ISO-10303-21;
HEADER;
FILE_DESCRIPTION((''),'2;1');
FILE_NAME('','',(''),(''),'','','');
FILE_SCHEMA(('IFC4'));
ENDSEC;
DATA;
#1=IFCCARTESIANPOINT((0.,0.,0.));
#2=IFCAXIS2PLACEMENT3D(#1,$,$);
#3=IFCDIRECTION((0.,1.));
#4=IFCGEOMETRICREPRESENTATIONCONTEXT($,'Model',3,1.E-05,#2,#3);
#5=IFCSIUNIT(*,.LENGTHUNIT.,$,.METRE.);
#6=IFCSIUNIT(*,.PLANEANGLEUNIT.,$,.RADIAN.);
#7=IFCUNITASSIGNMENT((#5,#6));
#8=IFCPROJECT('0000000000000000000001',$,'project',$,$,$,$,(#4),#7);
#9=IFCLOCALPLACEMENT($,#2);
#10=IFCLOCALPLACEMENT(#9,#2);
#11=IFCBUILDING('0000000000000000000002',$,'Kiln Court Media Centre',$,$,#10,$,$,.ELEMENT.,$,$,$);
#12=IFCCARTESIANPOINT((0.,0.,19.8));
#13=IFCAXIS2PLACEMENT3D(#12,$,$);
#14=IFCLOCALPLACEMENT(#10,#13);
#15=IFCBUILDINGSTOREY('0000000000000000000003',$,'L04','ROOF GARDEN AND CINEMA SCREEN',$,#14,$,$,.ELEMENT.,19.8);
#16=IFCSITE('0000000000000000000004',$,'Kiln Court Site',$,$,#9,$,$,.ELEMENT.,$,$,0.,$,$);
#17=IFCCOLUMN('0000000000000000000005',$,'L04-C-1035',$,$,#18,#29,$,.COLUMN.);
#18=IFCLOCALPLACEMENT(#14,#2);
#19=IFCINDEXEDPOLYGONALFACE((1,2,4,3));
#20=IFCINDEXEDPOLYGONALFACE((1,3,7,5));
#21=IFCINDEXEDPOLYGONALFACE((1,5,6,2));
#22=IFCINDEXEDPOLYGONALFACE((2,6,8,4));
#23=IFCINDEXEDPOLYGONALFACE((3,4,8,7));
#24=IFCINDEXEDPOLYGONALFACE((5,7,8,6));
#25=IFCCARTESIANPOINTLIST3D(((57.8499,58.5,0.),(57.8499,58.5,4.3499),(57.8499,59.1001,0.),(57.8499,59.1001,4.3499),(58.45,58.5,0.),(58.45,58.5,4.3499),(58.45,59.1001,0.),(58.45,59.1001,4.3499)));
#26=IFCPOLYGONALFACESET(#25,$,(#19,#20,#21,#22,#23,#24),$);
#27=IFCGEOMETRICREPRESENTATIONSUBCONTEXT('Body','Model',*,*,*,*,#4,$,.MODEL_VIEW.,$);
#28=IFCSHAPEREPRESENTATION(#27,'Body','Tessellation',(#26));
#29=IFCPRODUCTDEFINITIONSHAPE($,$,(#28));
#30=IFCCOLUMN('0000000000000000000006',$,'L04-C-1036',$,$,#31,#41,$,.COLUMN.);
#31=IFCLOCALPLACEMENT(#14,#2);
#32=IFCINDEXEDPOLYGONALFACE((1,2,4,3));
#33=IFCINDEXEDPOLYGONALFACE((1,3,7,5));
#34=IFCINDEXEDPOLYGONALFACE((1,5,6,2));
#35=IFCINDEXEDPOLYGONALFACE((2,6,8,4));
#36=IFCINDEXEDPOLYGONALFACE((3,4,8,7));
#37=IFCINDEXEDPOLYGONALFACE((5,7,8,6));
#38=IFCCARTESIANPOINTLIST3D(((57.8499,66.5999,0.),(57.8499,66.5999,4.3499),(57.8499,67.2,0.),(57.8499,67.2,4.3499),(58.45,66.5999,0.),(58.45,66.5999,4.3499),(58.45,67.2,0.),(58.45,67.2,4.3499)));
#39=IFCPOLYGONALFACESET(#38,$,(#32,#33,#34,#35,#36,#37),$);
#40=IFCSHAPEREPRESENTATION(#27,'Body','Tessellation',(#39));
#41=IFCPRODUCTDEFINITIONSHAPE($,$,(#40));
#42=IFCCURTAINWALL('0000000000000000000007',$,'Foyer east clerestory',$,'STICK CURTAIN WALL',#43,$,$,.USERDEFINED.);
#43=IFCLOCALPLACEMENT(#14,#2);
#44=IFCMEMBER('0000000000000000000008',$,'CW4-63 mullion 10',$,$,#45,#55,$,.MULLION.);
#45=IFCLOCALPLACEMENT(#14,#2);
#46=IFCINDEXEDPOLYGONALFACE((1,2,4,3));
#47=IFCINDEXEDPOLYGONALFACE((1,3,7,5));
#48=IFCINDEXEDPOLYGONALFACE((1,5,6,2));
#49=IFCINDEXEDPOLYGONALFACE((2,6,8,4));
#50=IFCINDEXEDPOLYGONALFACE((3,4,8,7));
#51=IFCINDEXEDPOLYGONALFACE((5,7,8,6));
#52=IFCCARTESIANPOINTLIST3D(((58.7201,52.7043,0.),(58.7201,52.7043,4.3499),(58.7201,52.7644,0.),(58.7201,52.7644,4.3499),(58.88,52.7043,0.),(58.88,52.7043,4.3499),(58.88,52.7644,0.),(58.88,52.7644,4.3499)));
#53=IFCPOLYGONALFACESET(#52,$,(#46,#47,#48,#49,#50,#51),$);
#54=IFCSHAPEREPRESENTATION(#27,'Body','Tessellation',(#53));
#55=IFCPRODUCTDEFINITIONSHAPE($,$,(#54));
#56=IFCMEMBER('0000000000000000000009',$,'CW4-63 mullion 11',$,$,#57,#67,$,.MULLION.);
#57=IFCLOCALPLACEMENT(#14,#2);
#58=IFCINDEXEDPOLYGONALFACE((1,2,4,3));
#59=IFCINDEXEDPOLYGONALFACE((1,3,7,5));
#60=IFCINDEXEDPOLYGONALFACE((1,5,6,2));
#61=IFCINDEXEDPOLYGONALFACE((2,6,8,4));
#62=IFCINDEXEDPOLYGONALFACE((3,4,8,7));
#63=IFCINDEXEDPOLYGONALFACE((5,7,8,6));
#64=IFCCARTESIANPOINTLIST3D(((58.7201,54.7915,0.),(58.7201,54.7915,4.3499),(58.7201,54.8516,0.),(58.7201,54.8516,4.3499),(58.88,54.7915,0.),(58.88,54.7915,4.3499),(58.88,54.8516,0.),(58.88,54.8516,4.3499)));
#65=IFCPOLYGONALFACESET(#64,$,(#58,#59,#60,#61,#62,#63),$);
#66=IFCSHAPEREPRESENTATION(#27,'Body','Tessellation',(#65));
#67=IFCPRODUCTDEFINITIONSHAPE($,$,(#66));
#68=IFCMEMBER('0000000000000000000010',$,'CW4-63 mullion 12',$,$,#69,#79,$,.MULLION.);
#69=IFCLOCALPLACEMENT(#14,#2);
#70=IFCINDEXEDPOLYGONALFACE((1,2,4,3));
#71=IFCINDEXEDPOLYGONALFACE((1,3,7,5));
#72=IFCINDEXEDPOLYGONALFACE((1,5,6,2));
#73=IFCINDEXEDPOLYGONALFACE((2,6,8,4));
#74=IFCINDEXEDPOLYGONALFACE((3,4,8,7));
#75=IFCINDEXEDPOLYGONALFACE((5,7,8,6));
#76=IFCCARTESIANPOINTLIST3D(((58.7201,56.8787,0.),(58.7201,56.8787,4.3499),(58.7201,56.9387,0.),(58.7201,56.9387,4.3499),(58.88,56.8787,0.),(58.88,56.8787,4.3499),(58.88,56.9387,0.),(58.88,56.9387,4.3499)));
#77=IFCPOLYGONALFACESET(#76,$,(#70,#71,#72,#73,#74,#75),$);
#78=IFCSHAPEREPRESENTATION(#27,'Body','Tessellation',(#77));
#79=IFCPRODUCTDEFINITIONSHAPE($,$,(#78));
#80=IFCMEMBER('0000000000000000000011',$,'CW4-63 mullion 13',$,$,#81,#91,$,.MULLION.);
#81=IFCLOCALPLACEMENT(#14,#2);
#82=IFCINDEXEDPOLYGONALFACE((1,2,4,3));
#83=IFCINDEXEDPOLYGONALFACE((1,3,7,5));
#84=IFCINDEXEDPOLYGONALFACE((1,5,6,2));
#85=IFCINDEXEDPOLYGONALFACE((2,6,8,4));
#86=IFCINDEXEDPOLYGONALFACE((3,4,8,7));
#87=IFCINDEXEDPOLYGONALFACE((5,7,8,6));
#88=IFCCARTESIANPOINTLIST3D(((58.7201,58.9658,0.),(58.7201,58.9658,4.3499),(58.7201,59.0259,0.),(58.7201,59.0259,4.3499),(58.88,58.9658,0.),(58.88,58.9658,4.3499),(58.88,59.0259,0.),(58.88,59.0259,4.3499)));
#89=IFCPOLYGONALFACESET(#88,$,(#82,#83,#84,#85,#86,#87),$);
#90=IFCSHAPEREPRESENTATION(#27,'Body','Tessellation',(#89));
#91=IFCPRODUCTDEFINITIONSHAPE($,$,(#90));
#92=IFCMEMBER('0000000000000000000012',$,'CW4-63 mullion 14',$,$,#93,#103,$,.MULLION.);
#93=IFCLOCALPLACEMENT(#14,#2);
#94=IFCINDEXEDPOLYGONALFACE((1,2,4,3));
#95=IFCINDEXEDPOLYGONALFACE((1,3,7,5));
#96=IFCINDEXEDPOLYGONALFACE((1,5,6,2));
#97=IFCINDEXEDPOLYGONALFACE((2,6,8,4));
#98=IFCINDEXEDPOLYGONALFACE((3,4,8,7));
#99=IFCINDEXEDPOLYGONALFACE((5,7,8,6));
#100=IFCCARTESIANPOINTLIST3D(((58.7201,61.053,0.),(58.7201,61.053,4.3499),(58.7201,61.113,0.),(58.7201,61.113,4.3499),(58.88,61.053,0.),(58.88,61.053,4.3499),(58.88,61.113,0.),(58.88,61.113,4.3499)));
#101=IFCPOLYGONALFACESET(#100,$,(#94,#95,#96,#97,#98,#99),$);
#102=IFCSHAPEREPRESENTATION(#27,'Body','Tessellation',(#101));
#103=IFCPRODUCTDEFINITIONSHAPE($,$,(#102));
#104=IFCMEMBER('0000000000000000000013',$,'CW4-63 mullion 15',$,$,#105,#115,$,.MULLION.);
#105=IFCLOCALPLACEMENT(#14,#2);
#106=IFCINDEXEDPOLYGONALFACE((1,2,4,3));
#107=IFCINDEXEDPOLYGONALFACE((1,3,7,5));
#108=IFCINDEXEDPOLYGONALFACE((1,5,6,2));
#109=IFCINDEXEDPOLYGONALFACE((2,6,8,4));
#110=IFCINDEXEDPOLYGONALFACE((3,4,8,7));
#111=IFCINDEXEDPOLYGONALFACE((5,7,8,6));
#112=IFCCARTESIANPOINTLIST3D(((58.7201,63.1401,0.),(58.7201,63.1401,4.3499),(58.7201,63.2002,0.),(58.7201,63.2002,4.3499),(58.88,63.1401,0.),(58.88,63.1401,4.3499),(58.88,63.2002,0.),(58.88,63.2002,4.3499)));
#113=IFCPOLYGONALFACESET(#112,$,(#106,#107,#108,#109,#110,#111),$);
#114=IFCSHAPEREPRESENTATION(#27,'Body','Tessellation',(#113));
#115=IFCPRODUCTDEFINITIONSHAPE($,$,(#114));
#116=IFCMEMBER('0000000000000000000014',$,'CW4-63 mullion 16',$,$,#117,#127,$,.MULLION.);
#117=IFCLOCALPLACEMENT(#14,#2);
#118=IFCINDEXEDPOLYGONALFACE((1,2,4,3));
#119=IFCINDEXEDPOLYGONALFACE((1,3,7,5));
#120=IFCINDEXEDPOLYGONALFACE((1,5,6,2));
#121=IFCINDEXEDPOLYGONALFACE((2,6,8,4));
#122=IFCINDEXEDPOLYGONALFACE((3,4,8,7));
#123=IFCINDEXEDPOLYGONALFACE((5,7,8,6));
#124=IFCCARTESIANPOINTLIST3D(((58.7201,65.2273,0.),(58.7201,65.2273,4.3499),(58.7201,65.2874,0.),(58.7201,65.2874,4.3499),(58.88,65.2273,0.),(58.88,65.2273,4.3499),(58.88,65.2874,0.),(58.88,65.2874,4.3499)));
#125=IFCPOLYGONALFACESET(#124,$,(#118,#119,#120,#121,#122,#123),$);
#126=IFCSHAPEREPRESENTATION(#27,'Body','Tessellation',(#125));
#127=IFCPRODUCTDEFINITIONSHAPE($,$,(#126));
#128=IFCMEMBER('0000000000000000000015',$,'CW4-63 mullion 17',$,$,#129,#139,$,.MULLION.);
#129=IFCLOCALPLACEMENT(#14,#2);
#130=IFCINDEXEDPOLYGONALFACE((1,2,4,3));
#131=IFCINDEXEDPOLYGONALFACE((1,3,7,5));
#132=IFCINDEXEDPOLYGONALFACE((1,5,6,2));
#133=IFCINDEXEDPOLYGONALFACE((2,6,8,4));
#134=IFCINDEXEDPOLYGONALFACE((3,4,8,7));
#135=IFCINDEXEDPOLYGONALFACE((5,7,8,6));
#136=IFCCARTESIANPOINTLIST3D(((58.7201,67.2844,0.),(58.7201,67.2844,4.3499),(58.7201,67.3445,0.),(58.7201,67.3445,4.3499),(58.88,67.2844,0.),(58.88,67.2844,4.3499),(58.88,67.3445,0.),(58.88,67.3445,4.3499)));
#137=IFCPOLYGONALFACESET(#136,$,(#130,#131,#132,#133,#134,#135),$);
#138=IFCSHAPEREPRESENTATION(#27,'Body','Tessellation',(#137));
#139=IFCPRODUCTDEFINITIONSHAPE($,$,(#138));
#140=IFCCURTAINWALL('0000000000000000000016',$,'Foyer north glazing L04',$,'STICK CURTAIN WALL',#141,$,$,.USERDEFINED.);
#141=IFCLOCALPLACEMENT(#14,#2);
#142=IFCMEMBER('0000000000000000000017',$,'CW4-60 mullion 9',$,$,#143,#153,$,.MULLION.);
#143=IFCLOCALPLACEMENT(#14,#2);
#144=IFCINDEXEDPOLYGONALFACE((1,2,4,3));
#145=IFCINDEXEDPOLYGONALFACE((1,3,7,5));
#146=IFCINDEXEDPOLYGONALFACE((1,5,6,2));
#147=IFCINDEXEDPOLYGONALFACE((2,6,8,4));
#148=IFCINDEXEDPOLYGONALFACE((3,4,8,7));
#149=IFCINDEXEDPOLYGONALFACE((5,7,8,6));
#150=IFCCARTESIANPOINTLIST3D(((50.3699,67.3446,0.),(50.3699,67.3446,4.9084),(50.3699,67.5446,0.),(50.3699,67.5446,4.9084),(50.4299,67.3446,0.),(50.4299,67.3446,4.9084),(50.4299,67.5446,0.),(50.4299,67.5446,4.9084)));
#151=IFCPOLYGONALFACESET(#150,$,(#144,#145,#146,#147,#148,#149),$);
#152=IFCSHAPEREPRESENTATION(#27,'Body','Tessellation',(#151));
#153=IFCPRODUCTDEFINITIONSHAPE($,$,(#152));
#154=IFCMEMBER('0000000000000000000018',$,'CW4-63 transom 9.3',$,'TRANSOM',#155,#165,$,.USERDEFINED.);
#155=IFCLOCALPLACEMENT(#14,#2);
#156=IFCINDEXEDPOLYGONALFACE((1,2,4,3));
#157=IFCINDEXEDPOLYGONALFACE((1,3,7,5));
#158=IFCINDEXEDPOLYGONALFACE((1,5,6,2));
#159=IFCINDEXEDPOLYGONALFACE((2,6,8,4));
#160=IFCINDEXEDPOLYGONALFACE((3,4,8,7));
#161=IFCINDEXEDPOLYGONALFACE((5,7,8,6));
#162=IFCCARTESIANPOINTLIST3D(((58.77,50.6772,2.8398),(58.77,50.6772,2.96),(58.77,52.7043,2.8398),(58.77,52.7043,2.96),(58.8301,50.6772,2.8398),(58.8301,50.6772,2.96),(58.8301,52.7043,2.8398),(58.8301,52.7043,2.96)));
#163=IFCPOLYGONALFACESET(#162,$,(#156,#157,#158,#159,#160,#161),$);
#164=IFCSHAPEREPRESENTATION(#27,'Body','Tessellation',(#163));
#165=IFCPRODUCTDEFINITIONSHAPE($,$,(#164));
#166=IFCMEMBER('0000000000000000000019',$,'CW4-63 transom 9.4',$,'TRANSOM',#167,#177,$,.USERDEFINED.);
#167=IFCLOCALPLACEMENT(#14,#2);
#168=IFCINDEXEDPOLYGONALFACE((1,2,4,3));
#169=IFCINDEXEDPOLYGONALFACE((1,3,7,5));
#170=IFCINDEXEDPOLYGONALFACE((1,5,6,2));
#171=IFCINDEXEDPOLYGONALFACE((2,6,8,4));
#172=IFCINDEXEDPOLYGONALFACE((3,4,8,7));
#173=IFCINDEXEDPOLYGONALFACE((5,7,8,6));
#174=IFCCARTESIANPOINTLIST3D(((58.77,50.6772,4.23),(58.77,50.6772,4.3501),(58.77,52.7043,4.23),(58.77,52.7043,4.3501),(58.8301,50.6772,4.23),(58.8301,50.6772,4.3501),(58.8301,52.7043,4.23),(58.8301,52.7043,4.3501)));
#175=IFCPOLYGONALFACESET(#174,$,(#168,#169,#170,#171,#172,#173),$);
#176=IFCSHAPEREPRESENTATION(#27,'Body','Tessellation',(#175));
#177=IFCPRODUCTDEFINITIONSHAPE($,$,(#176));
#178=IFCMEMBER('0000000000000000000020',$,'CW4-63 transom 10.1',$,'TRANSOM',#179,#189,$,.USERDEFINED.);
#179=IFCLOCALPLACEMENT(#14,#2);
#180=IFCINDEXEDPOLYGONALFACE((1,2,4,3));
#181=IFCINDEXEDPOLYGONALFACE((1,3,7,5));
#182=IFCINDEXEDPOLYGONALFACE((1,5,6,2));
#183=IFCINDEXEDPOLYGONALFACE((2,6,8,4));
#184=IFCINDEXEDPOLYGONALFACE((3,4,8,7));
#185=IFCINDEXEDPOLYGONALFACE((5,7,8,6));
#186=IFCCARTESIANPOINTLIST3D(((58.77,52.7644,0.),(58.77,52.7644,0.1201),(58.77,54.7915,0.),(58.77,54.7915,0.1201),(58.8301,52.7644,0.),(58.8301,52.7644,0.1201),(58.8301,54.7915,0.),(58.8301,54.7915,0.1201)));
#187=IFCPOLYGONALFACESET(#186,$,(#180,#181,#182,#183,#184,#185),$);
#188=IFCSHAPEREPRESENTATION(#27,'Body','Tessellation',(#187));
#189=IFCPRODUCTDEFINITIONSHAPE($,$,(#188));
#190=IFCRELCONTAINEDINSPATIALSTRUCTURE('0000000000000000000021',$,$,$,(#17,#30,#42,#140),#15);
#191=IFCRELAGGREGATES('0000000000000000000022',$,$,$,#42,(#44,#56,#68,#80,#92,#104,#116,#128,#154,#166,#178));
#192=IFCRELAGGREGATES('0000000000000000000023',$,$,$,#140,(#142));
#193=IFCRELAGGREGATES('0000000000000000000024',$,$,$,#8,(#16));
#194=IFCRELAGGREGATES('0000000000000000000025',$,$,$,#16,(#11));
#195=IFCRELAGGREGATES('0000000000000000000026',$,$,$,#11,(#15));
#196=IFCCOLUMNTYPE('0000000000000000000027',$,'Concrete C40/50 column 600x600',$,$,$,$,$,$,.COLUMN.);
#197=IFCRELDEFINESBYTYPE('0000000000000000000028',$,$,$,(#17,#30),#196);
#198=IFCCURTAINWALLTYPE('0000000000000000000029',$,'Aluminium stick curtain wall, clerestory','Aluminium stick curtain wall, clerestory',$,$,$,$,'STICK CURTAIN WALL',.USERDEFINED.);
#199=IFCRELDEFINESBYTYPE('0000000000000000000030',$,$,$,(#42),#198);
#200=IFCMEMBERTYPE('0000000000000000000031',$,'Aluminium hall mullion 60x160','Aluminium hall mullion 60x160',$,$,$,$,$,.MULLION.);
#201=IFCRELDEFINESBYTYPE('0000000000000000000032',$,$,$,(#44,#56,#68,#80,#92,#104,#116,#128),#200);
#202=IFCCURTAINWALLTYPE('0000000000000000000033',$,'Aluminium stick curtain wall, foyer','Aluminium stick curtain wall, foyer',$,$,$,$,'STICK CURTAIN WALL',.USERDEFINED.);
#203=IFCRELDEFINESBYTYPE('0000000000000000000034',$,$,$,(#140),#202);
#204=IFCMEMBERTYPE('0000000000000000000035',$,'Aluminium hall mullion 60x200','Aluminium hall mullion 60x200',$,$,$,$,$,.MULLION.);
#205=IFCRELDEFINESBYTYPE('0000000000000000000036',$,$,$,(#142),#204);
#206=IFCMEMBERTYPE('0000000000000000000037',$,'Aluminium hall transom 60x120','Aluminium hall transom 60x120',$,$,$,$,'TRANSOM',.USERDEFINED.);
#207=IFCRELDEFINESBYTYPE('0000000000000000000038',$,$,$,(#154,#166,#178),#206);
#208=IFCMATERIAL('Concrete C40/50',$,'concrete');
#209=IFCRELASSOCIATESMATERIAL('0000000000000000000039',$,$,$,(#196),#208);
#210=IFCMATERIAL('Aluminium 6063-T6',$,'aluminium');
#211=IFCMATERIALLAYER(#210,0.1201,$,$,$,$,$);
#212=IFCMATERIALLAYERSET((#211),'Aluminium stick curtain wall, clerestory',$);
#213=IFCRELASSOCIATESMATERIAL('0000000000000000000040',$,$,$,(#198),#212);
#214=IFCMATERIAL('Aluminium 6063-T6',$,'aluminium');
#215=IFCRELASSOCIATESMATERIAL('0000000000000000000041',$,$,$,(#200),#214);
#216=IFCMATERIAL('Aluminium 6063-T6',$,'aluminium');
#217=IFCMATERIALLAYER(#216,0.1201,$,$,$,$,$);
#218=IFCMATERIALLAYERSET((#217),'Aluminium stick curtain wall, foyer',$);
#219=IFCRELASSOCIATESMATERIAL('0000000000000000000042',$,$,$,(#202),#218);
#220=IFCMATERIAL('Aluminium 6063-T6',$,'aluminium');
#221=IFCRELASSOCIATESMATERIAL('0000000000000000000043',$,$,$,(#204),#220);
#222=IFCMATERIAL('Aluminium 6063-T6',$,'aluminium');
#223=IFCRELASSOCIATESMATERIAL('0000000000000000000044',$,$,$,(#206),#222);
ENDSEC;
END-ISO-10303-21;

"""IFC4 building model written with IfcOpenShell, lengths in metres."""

from ifc_helpers import new_model, si_unit, direction, frame, origin, origin_2d, place, context, subcontext, project, spatial, rectangle, extrude, material, layer, layer_set, material_profile, profile_set, type_object, element, aggregate, save


model = new_model("IFC4")

# Units and contexts
model_context = context("Model", 3, precision=1e-05, world=origin(), true_north=direction((0.0, 1.0)))
body_context = subcontext(model_context, "Body", "Model", "MODEL_VIEW")
ifc_project = project(units=[si_unit("LENGTHUNIT", "METRE"), si_unit("PLANEANGLEUNIT", "RADIAN")], contexts=[model_context])

# Site, building, storey
site_placement = place(None, origin())
site = spatial("IfcSite", under=ifc_project, at=site_placement, Name="Kiln Court Site", CompositionType="ELEMENT", RefElevation=0.0)
building_placement = place(site_placement, origin())
building = spatial("IfcBuilding", under=site, at=building_placement, Name="Kiln Court Media Centre", CompositionType="ELEMENT")
storey_placement = place(building_placement, frame((0.0, 0.0, 19.8)))
storey = spatial("IfcBuildingStorey", under=building, at=storey_placement, Name="L04", Description="ROOF GARDEN AND CINEMA SCREEN", CompositionType="ELEMENT", Elevation=19.8)

# Columns
ifc_material_1 = material(Name="Concrete C40/50", Category="concrete")
ifc_material_profile_1 = material_profile(ifc_material_1, rectangle(XDim=0.6001, YDim=0.6001, at=origin_2d()), Name="RC 600x600")
ifc_profile_set_1 = profile_set([ifc_material_profile_1], Name="Concrete C40/50")
column_type = type_object("IfcColumnType", Name="Concrete C40/50 column 600x600", PredefinedType="COLUMN", material=ifc_profile_set_1)
for number, where, z_axis, x_axis, name in (
    (1, (58.1499, 58.8, 0.0), (0.0, 0.0, 1.0), (1.0, 0.0, 0.0), "L04-C-1035"),
    (2, (58.1499, 66.8999, 0.0), (0.0, 0.0, 1.0), (1.0, 0.0, 0.0), "L04-C-1036"),
):
    element("IfcColumn", number, at=place(storey_placement, frame(where, z_axis=z_axis, x_axis=x_axis)), inside=storey, type_object=column_type, Name=name, PredefinedType="COLUMN", context=body_context, shape_type="SweptSolid", body=[
        extrude(rectangle(XDim=0.6001, YDim=0.6001, at=origin_2d()), origin(), (0.0, 0.0, 1.0), 4.3499),
    ])

# Curtain wall, members
ifc_material_2 = material(Name="Aluminium 6063-T6", Category="aluminium")
ifc_layer_1 = layer(ifc_material_2, 0.1201)
ifc_layer_set_1 = layer_set([ifc_layer_1], Name="Aluminium stick curtain wall, clerestory")
curtain_wall_type_1 = type_object("IfcCurtainWallType", Name="Aluminium stick curtain wall, clerestory", Description="Aluminium stick curtain wall, clerestory", ElementType="STICK CURTAIN WALL", PredefinedType="USERDEFINED", material=ifc_layer_set_1)
curtain_wall_1_placement = place(storey_placement, origin())
curtain_wall_1 = element("IfcCurtainWall", 3, at=curtain_wall_1_placement, inside=storey, type_object=curtain_wall_type_1, Name="Foyer east clerestory", ObjectType="STICK CURTAIN WALL", PredefinedType="USERDEFINED")
ifc_material_3 = material(Name="Aluminium 6063-T6", Category="aluminium")
ifc_material_profile_2 = material_profile(ifc_material_3, rectangle(XDim=0.0601, YDim=0.1599, at=origin_2d()), Name="Aluminium hall mullion 60x160")
ifc_profile_set_2 = profile_set([ifc_material_profile_2], Name="Aluminium 6063-T6")
member_type_1 = type_object("IfcMemberType", Name="Aluminium hall mullion 60x160", Description="Aluminium hall mullion 60x160", PredefinedType="MULLION", material=ifc_profile_set_2)
member_1_placement = place(storey_placement, frame((58.8, 52.7344, 0.0), z_axis=(0.0, 0.0, 1.0), x_axis=(0.0, 1.0, 0.0)))
member_1 = element("IfcMember", 4, at=member_1_placement, type_object=member_type_1, Name="CW4-63 mullion 10", PredefinedType="MULLION", context=body_context, shape_type="SweptSolid", body=[
    extrude(rectangle(XDim=0.0601, YDim=0.1599, at=origin_2d()), origin(), (0.0, 0.0, 1.0), 4.3499),
])
member_2_placement = place(storey_placement, frame((58.8, 54.8215, 0.0), z_axis=(0.0, 0.0, 1.0), x_axis=(0.0, 1.0, 0.0)))
member_2 = element("IfcMember", 5, at=member_2_placement, type_object=member_type_1, Name="CW4-63 mullion 11", PredefinedType="MULLION", context=body_context, shape_type="SweptSolid", body=[
    extrude(rectangle(XDim=0.0601, YDim=0.1599, at=origin_2d()), origin(), (0.0, 0.0, 1.0), 4.3499),
])
member_3_placement = place(storey_placement, frame((58.8, 56.9087, 0.0), z_axis=(0.0, 0.0, 1.0), x_axis=(0.0, 1.0, 0.0)))
member_3 = element("IfcMember", 6, at=member_3_placement, type_object=member_type_1, Name="CW4-63 mullion 12", PredefinedType="MULLION", context=body_context, shape_type="SweptSolid", body=[
    extrude(rectangle(XDim=0.0601, YDim=0.1599, at=origin_2d()), origin(), (0.0, 0.0, 1.0), 4.3499),
])
member_4_placement = place(storey_placement, frame((58.8, 58.9958, 0.0), z_axis=(0.0, 0.0, 1.0), x_axis=(0.0, 1.0, 0.0)))
member_4 = element("IfcMember", 7, at=member_4_placement, type_object=member_type_1, Name="CW4-63 mullion 13", PredefinedType="MULLION", context=body_context, shape_type="SweptSolid", body=[
    extrude(rectangle(XDim=0.0601, YDim=0.1599, at=origin_2d()), origin(), (0.0, 0.0, 1.0), 4.3499),
])
member_5_placement = place(storey_placement, frame((58.8, 61.083, 0.0), z_axis=(0.0, 0.0, 1.0), x_axis=(0.0, 1.0, 0.0)))
member_5 = element("IfcMember", 8, at=member_5_placement, type_object=member_type_1, Name="CW4-63 mullion 14", PredefinedType="MULLION", context=body_context, shape_type="SweptSolid", body=[
    extrude(rectangle(XDim=0.0601, YDim=0.1599, at=origin_2d()), origin(), (0.0, 0.0, 1.0), 4.3499),
])
member_6_placement = place(storey_placement, frame((58.8, 63.1702, 0.0), z_axis=(0.0, 0.0, 1.0), x_axis=(0.0, 1.0, 0.0)))
member_6 = element("IfcMember", 9, at=member_6_placement, type_object=member_type_1, Name="CW4-63 mullion 15", PredefinedType="MULLION", context=body_context, shape_type="SweptSolid", body=[
    extrude(rectangle(XDim=0.0601, YDim=0.1599, at=origin_2d()), origin(), (0.0, 0.0, 1.0), 4.3499),
])
member_7_placement = place(storey_placement, frame((58.8, 65.2573, 0.0), z_axis=(0.0, 0.0, 1.0), x_axis=(0.0, 1.0, 0.0)))
member_7 = element("IfcMember", 10, at=member_7_placement, type_object=member_type_1, Name="CW4-63 mullion 16", PredefinedType="MULLION", context=body_context, shape_type="SweptSolid", body=[
    extrude(rectangle(XDim=0.0601, YDim=0.1599, at=origin_2d()), origin(), (0.0, 0.0, 1.0), 4.3499),
])
member_8_placement = place(storey_placement, frame((58.8, 67.3145, 0.0), z_axis=(0.0, 0.0, 1.0), x_axis=(0.0, 1.0, 0.0)))
member_8 = element("IfcMember", 11, at=member_8_placement, type_object=member_type_1, Name="CW4-63 mullion 17", PredefinedType="MULLION", context=body_context, shape_type="SweptSolid", body=[
    extrude(rectangle(XDim=0.0601, YDim=0.1599, at=origin_2d()), origin(), (0.0, 0.0, 1.0), 4.3499),
])

# Curtain wall, member
ifc_material_4 = material(Name="Aluminium 6063-T6", Category="aluminium")
ifc_layer_2 = layer(ifc_material_4, 0.1201)
ifc_layer_set_2 = layer_set([ifc_layer_2], Name="Aluminium stick curtain wall, foyer")
curtain_wall_type_2 = type_object("IfcCurtainWallType", Name="Aluminium stick curtain wall, foyer", Description="Aluminium stick curtain wall, foyer", ElementType="STICK CURTAIN WALL", PredefinedType="USERDEFINED", material=ifc_layer_set_2)
curtain_wall_2_placement = place(storey_placement, origin())
curtain_wall_2 = element("IfcCurtainWall", 12, at=curtain_wall_2_placement, inside=storey, type_object=curtain_wall_type_2, Name="Foyer north glazing L04", ObjectType="STICK CURTAIN WALL", PredefinedType="USERDEFINED")
ifc_material_5 = material(Name="Aluminium 6063-T6", Category="aluminium")
ifc_material_profile_3 = material_profile(ifc_material_5, rectangle(XDim=0.0601, YDim=0.2, at=origin_2d()), Name="Aluminium hall mullion 60x200")
ifc_profile_set_3 = profile_set([ifc_material_profile_3], Name="Aluminium 6063-T6")
member_type_2 = type_object("IfcMemberType", Name="Aluminium hall mullion 60x200", Description="Aluminium hall mullion 60x200", PredefinedType="MULLION", material=ifc_profile_set_3)
member_9_placement = place(storey_placement, frame((50.3999, 67.4446, 0.0), z_axis=(0.0, 0.0, 1.0), x_axis=(1.0, 0.0, 0.0)))
member_9 = element("IfcMember", 13, at=member_9_placement, type_object=member_type_2, Name="CW4-60 mullion 9", PredefinedType="MULLION", context=body_context, shape_type="SweptSolid", body=[
    extrude(rectangle(XDim=0.0601, YDim=0.2, at=origin_2d()), origin(), (0.0, 0.0, 1.0), 4.9084),
])

# Members
ifc_material_6 = material(Name="Aluminium 6063-T6", Category="aluminium")
ifc_material_profile_4 = material_profile(ifc_material_6, rectangle(XDim=0.0601, YDim=0.1201, at=origin_2d()), Name="Aluminium hall transom 60x120")
ifc_profile_set_4 = profile_set([ifc_material_profile_4], Name="Aluminium 6063-T6")
member_type_3 = type_object("IfcMemberType", Name="Aluminium hall transom 60x120", Description="Aluminium hall transom 60x120", ElementType="TRANSOM", PredefinedType="USERDEFINED", material=ifc_profile_set_4)
member_10_placement = place(storey_placement, frame((58.8, 50.6772, 2.8999), z_axis=(0.0, 1.0, 0.0), x_axis=(-1.0, 0.0, 0.0)))
member_10 = element("IfcMember", 14, at=member_10_placement, type_object=member_type_3, Name="CW4-63 transom 9.3", ObjectType="TRANSOM", PredefinedType="USERDEFINED", context=body_context, shape_type="SweptSolid", body=[
    extrude(rectangle(XDim=0.0601, YDim=0.1201, at=origin_2d()), origin(), (0.0, 0.0, 1.0), 2.0271),
])
member_11_placement = place(storey_placement, frame((58.8, 50.6772, 4.29), z_axis=(0.0, 1.0, 0.0), x_axis=(-1.0, 0.0, 0.0)))
member_11 = element("IfcMember", 15, at=member_11_placement, type_object=member_type_3, Name="CW4-63 transom 9.4", ObjectType="TRANSOM", PredefinedType="USERDEFINED", context=body_context, shape_type="SweptSolid", body=[
    extrude(rectangle(XDim=0.0601, YDim=0.1201, at=origin_2d()), origin(), (0.0, 0.0, 1.0), 2.0271),
])
member_12_placement = place(storey_placement, frame((58.8, 52.7644, 0.0601), z_axis=(0.0, 1.0, 0.0), x_axis=(-1.0, 0.0, 0.0)))
member_12 = element("IfcMember", 16, at=member_12_placement, type_object=member_type_3, Name="CW4-63 transom 10.1", ObjectType="TRANSOM", PredefinedType="USERDEFINED", context=body_context, shape_type="SweptSolid", body=[
    extrude(rectangle(XDim=0.0601, YDim=0.1201, at=origin_2d()), origin(), (0.0, 0.0, 1.0), 2.0271),
])

aggregate(curtain_wall_1, [member_1, member_2, member_3, member_4, member_5, member_6, member_7, member_8, member_10, member_11, member_12])
aggregate(curtain_wall_2, [member_9])

save(model, "model.ifc")
